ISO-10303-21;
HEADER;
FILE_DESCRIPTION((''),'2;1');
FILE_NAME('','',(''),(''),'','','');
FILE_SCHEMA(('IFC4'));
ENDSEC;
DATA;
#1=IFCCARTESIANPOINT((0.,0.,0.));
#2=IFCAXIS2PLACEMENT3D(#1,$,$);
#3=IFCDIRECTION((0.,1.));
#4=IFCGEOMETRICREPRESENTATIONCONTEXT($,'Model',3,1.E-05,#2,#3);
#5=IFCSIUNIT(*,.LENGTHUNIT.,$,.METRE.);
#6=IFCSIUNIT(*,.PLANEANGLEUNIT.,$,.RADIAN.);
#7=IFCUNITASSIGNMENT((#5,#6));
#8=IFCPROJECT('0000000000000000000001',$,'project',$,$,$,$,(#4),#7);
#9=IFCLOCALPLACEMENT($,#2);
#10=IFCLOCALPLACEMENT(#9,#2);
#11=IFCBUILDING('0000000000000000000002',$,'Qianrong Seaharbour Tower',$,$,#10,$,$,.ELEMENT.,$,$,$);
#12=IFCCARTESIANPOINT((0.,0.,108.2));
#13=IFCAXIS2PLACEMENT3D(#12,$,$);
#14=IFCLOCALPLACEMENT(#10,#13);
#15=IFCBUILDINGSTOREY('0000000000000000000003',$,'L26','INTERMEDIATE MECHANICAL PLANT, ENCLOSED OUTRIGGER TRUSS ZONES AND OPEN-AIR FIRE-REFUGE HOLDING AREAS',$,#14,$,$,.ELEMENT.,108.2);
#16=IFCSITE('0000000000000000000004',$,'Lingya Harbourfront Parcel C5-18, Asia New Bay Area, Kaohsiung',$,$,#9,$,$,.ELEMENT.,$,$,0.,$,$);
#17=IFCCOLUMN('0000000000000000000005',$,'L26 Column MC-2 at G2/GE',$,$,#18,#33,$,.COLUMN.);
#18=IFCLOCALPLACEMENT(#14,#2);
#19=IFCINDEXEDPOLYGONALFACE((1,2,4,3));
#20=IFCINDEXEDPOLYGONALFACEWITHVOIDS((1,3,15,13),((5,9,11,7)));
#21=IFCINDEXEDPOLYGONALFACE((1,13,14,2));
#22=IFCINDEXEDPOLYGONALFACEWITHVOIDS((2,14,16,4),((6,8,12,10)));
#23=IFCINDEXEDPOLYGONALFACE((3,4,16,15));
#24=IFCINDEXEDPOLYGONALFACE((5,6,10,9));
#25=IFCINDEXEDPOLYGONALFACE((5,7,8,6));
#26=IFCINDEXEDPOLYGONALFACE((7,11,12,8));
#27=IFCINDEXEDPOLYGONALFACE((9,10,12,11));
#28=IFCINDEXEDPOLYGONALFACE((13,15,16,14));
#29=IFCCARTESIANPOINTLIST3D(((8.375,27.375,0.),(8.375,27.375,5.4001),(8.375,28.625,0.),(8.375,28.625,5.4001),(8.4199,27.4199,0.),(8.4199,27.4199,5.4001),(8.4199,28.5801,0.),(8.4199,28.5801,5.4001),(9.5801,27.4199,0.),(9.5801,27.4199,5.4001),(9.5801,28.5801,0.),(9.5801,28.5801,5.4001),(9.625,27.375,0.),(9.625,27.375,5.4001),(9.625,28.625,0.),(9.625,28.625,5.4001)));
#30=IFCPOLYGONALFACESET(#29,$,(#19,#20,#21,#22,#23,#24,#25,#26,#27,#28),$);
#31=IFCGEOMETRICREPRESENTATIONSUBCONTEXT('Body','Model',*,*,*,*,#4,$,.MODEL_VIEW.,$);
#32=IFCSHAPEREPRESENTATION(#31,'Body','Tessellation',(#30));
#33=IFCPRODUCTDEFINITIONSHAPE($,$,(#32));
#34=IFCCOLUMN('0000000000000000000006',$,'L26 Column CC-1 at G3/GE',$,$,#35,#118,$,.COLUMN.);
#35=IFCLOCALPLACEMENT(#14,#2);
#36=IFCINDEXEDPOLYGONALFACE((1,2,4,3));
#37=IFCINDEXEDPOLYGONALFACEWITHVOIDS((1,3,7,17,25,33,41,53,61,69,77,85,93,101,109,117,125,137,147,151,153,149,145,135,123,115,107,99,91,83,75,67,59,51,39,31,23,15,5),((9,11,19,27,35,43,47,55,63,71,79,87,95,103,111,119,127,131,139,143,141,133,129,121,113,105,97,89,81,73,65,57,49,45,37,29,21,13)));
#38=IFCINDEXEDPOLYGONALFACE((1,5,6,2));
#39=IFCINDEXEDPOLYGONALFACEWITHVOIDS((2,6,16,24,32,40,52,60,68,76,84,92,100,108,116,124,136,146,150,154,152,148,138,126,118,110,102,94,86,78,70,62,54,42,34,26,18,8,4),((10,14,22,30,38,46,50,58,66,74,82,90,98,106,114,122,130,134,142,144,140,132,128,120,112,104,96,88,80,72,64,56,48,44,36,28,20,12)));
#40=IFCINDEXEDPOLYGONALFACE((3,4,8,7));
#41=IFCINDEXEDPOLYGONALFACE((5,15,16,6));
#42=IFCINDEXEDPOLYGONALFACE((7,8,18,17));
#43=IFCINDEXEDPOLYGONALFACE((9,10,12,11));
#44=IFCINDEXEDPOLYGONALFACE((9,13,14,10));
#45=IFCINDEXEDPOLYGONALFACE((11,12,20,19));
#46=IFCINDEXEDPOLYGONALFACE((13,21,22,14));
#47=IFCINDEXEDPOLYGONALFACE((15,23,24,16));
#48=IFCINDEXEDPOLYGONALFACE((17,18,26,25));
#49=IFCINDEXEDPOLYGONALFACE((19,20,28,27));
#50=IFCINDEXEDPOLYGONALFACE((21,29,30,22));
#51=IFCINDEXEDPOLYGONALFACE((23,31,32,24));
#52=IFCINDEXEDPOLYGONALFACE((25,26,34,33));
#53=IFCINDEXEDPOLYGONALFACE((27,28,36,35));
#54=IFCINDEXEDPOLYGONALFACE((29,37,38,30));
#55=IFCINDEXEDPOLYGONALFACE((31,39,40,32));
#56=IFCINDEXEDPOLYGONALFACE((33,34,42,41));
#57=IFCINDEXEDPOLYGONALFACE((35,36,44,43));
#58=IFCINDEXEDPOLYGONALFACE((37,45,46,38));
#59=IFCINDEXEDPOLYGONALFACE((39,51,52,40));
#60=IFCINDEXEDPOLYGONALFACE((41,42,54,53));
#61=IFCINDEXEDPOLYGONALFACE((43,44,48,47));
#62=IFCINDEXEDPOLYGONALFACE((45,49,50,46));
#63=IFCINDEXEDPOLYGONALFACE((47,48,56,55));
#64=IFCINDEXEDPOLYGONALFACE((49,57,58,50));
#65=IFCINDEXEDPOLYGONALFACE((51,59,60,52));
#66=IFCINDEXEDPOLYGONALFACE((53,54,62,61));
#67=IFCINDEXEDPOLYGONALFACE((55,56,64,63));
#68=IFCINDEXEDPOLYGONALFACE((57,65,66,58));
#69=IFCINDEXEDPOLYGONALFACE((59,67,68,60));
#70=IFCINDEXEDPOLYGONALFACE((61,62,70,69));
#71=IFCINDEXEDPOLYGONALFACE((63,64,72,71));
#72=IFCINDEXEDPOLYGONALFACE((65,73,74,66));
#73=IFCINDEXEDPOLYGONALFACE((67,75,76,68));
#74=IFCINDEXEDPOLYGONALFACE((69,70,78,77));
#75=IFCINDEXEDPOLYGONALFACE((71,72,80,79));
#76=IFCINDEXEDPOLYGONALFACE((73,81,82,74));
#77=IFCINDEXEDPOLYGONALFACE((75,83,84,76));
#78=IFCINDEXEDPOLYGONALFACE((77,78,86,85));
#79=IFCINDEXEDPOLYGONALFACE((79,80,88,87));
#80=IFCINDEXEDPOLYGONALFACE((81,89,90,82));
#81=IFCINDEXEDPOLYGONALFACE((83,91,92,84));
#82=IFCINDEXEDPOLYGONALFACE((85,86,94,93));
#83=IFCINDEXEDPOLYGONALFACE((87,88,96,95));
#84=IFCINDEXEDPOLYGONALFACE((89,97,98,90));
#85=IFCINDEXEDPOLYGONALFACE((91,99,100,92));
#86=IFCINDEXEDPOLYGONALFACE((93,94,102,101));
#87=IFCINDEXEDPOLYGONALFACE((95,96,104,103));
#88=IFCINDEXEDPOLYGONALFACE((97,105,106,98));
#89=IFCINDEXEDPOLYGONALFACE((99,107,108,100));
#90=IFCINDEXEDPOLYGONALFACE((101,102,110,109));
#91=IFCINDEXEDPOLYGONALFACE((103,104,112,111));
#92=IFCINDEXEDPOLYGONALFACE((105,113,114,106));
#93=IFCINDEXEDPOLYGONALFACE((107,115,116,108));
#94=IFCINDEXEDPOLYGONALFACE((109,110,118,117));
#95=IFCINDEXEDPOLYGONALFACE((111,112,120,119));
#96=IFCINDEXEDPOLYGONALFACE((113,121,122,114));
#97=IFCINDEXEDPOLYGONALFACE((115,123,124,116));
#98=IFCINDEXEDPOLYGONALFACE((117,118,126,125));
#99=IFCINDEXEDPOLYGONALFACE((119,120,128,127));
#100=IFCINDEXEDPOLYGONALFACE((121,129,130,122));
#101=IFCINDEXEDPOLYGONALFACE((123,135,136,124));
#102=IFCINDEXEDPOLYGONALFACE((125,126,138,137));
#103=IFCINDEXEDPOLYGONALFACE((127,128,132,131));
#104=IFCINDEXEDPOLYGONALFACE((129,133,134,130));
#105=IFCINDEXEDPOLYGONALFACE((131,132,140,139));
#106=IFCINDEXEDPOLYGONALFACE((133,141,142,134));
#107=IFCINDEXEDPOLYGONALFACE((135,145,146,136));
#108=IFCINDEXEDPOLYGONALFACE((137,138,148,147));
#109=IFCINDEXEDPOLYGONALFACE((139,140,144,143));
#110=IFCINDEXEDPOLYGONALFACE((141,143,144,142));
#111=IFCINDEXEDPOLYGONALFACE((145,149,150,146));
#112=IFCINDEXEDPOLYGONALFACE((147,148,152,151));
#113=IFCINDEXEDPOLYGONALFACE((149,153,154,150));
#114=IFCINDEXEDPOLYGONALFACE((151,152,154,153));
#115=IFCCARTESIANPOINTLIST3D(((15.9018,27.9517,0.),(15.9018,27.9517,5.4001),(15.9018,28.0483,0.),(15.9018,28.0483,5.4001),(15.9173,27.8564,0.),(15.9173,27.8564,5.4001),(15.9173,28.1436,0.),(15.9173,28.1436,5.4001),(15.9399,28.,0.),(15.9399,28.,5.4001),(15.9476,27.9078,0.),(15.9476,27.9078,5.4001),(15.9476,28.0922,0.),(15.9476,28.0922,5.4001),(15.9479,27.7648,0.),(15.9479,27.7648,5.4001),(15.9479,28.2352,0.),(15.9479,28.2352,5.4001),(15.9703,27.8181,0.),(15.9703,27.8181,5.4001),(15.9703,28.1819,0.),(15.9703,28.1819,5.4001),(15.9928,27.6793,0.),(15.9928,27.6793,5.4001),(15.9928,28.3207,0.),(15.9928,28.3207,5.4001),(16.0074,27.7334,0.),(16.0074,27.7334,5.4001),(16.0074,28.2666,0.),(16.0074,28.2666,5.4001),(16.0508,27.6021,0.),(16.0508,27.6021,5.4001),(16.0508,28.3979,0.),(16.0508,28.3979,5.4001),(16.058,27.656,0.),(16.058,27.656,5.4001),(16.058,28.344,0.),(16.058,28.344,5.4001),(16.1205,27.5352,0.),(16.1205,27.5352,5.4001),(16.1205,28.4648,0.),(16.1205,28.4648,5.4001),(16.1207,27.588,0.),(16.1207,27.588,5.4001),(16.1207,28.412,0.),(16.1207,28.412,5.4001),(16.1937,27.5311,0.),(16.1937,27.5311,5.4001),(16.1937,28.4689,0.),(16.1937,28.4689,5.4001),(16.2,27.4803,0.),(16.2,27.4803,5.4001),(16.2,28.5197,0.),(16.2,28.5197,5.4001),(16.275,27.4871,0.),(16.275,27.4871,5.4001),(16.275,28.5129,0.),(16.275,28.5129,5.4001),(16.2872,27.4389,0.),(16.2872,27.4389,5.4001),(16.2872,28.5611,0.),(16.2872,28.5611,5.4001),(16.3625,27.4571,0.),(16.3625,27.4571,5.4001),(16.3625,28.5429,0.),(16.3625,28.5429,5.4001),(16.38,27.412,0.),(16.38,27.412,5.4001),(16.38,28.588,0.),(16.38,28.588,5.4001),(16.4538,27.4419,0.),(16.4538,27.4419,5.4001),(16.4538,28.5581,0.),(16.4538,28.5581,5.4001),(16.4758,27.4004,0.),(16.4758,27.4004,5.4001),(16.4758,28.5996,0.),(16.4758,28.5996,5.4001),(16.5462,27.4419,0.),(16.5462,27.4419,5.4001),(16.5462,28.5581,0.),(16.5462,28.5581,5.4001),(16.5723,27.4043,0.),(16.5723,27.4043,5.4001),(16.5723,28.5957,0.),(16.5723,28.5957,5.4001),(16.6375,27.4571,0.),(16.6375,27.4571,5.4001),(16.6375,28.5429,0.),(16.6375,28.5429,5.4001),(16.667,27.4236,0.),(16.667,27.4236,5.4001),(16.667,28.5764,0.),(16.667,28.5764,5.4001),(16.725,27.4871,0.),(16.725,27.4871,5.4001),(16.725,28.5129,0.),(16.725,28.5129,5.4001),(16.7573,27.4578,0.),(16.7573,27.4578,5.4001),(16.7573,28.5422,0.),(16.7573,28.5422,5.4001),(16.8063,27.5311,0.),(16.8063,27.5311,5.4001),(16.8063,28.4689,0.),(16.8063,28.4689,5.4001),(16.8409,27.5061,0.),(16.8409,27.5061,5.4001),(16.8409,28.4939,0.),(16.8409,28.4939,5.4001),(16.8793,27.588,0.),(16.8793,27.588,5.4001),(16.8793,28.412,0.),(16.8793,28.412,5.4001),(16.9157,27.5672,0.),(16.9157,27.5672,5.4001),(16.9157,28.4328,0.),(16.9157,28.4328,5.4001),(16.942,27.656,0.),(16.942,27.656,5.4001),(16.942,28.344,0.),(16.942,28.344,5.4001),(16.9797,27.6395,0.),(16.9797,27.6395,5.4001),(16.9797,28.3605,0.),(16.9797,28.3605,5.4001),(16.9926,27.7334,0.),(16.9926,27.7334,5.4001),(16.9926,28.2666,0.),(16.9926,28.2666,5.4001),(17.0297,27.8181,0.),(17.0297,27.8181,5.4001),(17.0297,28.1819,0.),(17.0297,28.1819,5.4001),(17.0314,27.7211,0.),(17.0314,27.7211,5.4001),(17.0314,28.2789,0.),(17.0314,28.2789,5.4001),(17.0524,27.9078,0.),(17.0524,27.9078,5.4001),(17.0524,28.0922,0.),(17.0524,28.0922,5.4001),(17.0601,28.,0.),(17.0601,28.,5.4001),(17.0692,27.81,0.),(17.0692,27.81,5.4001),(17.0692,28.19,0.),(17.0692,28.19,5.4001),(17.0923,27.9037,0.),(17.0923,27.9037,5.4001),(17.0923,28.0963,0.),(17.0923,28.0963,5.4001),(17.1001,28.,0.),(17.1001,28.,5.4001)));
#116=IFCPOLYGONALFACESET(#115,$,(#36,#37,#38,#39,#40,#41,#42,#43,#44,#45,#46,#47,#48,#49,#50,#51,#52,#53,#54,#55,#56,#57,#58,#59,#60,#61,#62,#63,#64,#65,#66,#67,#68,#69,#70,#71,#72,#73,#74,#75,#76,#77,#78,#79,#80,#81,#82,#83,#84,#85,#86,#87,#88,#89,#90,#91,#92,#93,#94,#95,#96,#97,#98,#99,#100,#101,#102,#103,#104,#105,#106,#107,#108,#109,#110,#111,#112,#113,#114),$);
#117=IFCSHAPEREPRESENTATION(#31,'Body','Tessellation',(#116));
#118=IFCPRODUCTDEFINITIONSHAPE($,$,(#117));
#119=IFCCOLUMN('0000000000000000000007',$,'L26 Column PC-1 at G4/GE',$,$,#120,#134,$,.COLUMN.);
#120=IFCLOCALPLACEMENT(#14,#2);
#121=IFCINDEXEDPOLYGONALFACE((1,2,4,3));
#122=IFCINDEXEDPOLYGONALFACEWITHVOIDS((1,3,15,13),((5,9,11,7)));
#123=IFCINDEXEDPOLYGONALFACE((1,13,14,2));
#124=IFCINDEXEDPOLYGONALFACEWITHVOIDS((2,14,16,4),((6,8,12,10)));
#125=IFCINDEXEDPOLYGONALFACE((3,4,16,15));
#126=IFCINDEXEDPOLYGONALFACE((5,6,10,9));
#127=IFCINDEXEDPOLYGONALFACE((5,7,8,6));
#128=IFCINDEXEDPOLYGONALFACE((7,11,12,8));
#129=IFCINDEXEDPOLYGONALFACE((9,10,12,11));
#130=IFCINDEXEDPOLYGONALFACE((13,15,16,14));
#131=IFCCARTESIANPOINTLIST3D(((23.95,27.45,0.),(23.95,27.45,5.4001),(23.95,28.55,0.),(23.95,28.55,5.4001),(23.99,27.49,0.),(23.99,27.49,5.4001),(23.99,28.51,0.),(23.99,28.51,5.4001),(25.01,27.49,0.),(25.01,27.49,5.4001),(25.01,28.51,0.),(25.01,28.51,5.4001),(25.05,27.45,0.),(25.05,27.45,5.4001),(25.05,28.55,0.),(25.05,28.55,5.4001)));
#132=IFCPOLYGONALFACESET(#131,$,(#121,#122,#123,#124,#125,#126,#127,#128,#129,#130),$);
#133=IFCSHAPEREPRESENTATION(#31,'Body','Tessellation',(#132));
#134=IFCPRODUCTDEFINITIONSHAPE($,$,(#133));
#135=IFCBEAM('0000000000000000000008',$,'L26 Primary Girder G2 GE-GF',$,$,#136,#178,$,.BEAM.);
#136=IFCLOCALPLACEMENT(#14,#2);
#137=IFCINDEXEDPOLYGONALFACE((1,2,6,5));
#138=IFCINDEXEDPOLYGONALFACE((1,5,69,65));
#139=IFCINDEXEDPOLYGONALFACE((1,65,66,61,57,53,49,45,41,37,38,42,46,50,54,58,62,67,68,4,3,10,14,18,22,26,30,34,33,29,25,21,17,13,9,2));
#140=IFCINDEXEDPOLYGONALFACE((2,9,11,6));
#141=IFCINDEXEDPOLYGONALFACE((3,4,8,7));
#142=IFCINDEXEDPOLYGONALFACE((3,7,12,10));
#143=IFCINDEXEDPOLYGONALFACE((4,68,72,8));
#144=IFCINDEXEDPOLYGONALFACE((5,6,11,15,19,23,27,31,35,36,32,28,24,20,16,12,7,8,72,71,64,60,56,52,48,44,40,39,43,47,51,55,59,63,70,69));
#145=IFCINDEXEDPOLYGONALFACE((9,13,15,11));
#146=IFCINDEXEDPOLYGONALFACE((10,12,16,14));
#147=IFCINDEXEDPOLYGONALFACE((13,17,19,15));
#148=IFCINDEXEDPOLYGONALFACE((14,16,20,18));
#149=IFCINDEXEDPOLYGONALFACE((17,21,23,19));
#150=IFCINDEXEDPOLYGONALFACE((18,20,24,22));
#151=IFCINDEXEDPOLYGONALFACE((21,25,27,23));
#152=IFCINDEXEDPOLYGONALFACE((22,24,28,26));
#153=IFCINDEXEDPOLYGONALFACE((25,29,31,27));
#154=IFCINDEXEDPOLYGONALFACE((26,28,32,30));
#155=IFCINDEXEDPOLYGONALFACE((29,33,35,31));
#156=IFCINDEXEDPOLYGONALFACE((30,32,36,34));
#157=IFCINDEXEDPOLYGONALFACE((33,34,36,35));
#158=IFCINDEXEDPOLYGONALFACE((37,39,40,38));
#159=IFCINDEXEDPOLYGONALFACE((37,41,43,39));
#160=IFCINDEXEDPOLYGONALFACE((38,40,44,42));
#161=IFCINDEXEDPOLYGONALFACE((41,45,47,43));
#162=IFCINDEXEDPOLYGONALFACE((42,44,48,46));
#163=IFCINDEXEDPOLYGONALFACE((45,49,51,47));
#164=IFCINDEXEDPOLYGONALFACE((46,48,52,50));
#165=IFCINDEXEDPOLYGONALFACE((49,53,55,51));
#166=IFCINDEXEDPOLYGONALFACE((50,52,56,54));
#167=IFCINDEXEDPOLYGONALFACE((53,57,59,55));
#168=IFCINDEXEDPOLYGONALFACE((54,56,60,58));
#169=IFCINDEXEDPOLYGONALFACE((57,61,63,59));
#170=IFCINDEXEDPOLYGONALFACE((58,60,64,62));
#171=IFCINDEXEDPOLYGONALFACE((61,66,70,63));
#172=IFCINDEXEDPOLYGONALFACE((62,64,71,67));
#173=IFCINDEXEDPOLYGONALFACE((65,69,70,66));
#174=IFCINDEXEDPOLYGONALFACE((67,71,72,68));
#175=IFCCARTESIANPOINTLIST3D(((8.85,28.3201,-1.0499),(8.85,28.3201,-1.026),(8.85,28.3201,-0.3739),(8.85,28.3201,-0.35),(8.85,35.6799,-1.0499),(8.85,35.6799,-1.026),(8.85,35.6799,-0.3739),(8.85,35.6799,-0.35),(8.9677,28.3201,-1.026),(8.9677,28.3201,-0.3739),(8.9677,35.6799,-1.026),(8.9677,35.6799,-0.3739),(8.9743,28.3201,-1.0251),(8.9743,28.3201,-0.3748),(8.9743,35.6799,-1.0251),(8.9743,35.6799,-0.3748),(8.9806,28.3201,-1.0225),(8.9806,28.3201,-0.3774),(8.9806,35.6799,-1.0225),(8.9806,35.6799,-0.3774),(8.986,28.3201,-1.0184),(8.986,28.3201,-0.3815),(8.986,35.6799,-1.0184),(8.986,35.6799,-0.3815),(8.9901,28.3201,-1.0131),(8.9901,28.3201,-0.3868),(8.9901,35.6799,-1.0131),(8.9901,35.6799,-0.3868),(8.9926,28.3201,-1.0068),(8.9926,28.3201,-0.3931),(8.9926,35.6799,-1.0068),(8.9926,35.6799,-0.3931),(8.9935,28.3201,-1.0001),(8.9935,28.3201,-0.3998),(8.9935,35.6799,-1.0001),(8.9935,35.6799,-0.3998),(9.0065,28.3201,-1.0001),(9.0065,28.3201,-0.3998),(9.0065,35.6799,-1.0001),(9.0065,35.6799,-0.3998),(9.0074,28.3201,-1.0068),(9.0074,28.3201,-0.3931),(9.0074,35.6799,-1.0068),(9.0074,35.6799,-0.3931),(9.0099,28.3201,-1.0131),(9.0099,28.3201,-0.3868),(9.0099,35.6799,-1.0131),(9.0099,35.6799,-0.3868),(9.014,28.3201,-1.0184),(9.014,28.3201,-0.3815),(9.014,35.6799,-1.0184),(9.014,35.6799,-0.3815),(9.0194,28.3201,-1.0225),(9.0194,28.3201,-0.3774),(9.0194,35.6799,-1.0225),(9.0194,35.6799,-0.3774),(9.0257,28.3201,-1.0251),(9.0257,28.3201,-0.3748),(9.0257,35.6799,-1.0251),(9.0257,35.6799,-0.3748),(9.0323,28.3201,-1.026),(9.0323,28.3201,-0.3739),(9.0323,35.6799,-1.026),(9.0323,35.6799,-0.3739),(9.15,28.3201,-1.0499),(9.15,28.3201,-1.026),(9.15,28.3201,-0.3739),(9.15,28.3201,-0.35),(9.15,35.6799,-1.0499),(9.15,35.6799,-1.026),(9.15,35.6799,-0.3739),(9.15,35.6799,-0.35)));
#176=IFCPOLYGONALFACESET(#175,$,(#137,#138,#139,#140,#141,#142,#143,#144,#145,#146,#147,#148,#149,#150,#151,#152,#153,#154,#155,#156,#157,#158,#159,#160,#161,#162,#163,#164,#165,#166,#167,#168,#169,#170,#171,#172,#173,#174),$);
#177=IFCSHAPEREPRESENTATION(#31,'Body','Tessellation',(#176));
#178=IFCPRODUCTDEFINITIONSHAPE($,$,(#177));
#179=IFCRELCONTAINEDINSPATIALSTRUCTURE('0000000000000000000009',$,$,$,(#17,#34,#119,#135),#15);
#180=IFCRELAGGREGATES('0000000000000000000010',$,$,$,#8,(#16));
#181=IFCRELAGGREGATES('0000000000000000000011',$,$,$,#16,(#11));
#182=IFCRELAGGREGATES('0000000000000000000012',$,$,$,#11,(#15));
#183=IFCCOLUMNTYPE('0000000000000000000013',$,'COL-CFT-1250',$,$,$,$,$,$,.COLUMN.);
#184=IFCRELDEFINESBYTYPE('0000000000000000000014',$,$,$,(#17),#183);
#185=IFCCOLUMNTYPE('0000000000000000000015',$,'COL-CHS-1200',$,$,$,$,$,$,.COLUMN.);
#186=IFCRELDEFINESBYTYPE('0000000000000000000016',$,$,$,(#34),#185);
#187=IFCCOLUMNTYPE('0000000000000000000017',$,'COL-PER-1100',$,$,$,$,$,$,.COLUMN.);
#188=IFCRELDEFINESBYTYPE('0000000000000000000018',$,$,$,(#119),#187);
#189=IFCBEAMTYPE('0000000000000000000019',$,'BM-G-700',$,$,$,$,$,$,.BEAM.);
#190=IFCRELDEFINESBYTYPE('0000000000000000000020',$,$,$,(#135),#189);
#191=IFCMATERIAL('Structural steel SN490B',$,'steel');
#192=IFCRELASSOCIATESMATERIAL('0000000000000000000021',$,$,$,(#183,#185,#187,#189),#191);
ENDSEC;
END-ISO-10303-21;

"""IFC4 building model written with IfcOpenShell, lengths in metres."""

from ifc_helpers import new_model, si_unit, direction, frame, origin, origin_2d, place, context, subcontext, project, spatial, hollow_rectangle, hollow_circle, i_section, extrude, material, material_profile, profile_set, type_object, element, save


model = new_model("IFC4")

# Units and contexts
model_context = context("Model", 3, precision=1e-05, world=origin(), true_north=direction((0.0, 1.0)))
body_context = subcontext(model_context, "Body", "Model", "MODEL_VIEW")
ifc_project = project(units=[si_unit("LENGTHUNIT", "METRE"), si_unit("PLANEANGLEUNIT", "RADIAN")], contexts=[model_context])

# Site, building, storey
site_placement = place(None, origin())
site = spatial("IfcSite", under=ifc_project, at=site_placement, Name="Lingya Harbourfront Parcel C5-18, Asia New Bay Area, Kaohsiung", CompositionType="ELEMENT", RefElevation=0.0)
building_placement = place(site_placement, origin())
building = spatial("IfcBuilding", under=site, at=building_placement, Name="Qianrong Seaharbour Tower", CompositionType="ELEMENT")
storey_placement = place(building_placement, frame((0.0, 0.0, 108.2)))
storey = spatial("IfcBuildingStorey", under=building, at=storey_placement, Name="L26", Description="INTERMEDIATE MECHANICAL PLANT, ENCLOSED OUTRIGGER TRUSS ZONES AND OPEN-AIR FIRE-REFUGE HOLDING AREAS", CompositionType="ELEMENT", Elevation=108.2)

# Columns
ifc_material_1 = material(Name="Structural steel SN490B", Category="steel")
ifc_material_profile_1 = material_profile(ifc_material_1, hollow_rectangle(XDim=1.25, YDim=1.25, WallThickness=0.0449, at=origin_2d()), Name="BOX1250x1250x45")
ifc_profile_set_1 = profile_set([ifc_material_profile_1], Name="Structural steel SN490B")
column_type_1 = type_object("IfcColumnType", Name="COL-CFT-1250", PredefinedType="COLUMN", material=ifc_profile_set_1)
column_1_placement = place(storey_placement, frame((9.0, 28.0, 0.0), z_axis=(0.0, 0.0, 1.0), x_axis=(1.0, 0.0, 0.0)))
element("IfcColumn", 1, at=column_1_placement, inside=storey, type_object=column_type_1, Name="L26 Column MC-2 at G2/GE", PredefinedType="COLUMN", context=body_context, shape_type="SweptSolid", body=[
    extrude(hollow_rectangle(XDim=1.25, YDim=1.25, WallThickness=0.0449, at=origin_2d()), origin(), (0.0, 0.0, 1.0), 5.4001),
])
ifc_material_profile_2 = material_profile(ifc_material_1, hollow_circle(Radius=0.6001, WallThickness=0.04, at=origin_2d()), Name="CHS1200x40")
ifc_profile_set_2 = profile_set([ifc_material_profile_2], Name="Structural steel SN490B")
column_type_2 = type_object("IfcColumnType", Name="COL-CHS-1200", PredefinedType="COLUMN", material=ifc_profile_set_2)
column_2_placement = place(storey_placement, frame((16.5, 28.0, 0.0), z_axis=(0.0, 0.0, 1.0), x_axis=(1.0, 0.0, 0.0)))
element("IfcColumn", 2, at=column_2_placement, inside=storey, type_object=column_type_2, Name="L26 Column CC-1 at G3/GE", PredefinedType="COLUMN", context=body_context, shape_type="SweptSolid", body=[
    extrude(hollow_circle(Radius=0.6001, WallThickness=0.04, at=origin_2d()), origin(), (0.0, 0.0, 1.0), 5.4001),
])
ifc_material_profile_3 = material_profile(ifc_material_1, hollow_rectangle(XDim=1.1001, YDim=1.1001, WallThickness=0.04, at=origin_2d()), Name="BOX1100x1100x40")
ifc_profile_set_3 = profile_set([ifc_material_profile_3], Name="Structural steel SN490B")
column_type_3 = type_object("IfcColumnType", Name="COL-PER-1100", PredefinedType="COLUMN", material=ifc_profile_set_3)
column_3_placement = place(storey_placement, frame((24.5, 28.0, 0.0), z_axis=(0.0, 0.0, 1.0), x_axis=(1.0, 0.0, 0.0)))
element("IfcColumn", 3, at=column_3_placement, inside=storey, type_object=column_type_3, Name="L26 Column PC-1 at G4/GE", PredefinedType="COLUMN", context=body_context, shape_type="SweptSolid", body=[
    extrude(hollow_rectangle(XDim=1.1001, YDim=1.1001, WallThickness=0.04, at=origin_2d()), origin(), (0.0, 0.0, 1.0), 5.4001),
])

# Beam
ifc_material_profile_4 = material_profile(ifc_material_1, i_section(OverallWidth=0.3, OverallDepth=0.7, WebThickness=0.0129, FlangeThickness=0.0239, FilletRadius=0.0259, at=origin_2d()), Name="H700x300x13x24")
ifc_profile_set_4 = profile_set([ifc_material_profile_4], Name="Structural steel SN490B")
beam_type_1 = type_object("IfcBeamType", Name="BM-G-700", PredefinedType="BEAM", material=ifc_profile_set_4)
beam_1_placement = place(storey_placement, frame((9.0, 28.3201, -0.7), z_axis=(0.0, 1.0, 0.0), x_axis=(-1.0, 0.0, 0.0)))
element("IfcBeam", 4, at=beam_1_placement, inside=storey, type_object=beam_type_1, Name="L26 Primary Girder G2 GE-GF", PredefinedType="BEAM", context=body_context, shape_type="SweptSolid", body=[
    extrude(i_section(OverallWidth=0.3, OverallDepth=0.7, WebThickness=0.0129, FlangeThickness=0.0239, FilletRadius=0.0259, at=origin_2d()), origin(), (0.0, 0.0, 1.0), 7.3599),
])

save(model, "model.ifc")
